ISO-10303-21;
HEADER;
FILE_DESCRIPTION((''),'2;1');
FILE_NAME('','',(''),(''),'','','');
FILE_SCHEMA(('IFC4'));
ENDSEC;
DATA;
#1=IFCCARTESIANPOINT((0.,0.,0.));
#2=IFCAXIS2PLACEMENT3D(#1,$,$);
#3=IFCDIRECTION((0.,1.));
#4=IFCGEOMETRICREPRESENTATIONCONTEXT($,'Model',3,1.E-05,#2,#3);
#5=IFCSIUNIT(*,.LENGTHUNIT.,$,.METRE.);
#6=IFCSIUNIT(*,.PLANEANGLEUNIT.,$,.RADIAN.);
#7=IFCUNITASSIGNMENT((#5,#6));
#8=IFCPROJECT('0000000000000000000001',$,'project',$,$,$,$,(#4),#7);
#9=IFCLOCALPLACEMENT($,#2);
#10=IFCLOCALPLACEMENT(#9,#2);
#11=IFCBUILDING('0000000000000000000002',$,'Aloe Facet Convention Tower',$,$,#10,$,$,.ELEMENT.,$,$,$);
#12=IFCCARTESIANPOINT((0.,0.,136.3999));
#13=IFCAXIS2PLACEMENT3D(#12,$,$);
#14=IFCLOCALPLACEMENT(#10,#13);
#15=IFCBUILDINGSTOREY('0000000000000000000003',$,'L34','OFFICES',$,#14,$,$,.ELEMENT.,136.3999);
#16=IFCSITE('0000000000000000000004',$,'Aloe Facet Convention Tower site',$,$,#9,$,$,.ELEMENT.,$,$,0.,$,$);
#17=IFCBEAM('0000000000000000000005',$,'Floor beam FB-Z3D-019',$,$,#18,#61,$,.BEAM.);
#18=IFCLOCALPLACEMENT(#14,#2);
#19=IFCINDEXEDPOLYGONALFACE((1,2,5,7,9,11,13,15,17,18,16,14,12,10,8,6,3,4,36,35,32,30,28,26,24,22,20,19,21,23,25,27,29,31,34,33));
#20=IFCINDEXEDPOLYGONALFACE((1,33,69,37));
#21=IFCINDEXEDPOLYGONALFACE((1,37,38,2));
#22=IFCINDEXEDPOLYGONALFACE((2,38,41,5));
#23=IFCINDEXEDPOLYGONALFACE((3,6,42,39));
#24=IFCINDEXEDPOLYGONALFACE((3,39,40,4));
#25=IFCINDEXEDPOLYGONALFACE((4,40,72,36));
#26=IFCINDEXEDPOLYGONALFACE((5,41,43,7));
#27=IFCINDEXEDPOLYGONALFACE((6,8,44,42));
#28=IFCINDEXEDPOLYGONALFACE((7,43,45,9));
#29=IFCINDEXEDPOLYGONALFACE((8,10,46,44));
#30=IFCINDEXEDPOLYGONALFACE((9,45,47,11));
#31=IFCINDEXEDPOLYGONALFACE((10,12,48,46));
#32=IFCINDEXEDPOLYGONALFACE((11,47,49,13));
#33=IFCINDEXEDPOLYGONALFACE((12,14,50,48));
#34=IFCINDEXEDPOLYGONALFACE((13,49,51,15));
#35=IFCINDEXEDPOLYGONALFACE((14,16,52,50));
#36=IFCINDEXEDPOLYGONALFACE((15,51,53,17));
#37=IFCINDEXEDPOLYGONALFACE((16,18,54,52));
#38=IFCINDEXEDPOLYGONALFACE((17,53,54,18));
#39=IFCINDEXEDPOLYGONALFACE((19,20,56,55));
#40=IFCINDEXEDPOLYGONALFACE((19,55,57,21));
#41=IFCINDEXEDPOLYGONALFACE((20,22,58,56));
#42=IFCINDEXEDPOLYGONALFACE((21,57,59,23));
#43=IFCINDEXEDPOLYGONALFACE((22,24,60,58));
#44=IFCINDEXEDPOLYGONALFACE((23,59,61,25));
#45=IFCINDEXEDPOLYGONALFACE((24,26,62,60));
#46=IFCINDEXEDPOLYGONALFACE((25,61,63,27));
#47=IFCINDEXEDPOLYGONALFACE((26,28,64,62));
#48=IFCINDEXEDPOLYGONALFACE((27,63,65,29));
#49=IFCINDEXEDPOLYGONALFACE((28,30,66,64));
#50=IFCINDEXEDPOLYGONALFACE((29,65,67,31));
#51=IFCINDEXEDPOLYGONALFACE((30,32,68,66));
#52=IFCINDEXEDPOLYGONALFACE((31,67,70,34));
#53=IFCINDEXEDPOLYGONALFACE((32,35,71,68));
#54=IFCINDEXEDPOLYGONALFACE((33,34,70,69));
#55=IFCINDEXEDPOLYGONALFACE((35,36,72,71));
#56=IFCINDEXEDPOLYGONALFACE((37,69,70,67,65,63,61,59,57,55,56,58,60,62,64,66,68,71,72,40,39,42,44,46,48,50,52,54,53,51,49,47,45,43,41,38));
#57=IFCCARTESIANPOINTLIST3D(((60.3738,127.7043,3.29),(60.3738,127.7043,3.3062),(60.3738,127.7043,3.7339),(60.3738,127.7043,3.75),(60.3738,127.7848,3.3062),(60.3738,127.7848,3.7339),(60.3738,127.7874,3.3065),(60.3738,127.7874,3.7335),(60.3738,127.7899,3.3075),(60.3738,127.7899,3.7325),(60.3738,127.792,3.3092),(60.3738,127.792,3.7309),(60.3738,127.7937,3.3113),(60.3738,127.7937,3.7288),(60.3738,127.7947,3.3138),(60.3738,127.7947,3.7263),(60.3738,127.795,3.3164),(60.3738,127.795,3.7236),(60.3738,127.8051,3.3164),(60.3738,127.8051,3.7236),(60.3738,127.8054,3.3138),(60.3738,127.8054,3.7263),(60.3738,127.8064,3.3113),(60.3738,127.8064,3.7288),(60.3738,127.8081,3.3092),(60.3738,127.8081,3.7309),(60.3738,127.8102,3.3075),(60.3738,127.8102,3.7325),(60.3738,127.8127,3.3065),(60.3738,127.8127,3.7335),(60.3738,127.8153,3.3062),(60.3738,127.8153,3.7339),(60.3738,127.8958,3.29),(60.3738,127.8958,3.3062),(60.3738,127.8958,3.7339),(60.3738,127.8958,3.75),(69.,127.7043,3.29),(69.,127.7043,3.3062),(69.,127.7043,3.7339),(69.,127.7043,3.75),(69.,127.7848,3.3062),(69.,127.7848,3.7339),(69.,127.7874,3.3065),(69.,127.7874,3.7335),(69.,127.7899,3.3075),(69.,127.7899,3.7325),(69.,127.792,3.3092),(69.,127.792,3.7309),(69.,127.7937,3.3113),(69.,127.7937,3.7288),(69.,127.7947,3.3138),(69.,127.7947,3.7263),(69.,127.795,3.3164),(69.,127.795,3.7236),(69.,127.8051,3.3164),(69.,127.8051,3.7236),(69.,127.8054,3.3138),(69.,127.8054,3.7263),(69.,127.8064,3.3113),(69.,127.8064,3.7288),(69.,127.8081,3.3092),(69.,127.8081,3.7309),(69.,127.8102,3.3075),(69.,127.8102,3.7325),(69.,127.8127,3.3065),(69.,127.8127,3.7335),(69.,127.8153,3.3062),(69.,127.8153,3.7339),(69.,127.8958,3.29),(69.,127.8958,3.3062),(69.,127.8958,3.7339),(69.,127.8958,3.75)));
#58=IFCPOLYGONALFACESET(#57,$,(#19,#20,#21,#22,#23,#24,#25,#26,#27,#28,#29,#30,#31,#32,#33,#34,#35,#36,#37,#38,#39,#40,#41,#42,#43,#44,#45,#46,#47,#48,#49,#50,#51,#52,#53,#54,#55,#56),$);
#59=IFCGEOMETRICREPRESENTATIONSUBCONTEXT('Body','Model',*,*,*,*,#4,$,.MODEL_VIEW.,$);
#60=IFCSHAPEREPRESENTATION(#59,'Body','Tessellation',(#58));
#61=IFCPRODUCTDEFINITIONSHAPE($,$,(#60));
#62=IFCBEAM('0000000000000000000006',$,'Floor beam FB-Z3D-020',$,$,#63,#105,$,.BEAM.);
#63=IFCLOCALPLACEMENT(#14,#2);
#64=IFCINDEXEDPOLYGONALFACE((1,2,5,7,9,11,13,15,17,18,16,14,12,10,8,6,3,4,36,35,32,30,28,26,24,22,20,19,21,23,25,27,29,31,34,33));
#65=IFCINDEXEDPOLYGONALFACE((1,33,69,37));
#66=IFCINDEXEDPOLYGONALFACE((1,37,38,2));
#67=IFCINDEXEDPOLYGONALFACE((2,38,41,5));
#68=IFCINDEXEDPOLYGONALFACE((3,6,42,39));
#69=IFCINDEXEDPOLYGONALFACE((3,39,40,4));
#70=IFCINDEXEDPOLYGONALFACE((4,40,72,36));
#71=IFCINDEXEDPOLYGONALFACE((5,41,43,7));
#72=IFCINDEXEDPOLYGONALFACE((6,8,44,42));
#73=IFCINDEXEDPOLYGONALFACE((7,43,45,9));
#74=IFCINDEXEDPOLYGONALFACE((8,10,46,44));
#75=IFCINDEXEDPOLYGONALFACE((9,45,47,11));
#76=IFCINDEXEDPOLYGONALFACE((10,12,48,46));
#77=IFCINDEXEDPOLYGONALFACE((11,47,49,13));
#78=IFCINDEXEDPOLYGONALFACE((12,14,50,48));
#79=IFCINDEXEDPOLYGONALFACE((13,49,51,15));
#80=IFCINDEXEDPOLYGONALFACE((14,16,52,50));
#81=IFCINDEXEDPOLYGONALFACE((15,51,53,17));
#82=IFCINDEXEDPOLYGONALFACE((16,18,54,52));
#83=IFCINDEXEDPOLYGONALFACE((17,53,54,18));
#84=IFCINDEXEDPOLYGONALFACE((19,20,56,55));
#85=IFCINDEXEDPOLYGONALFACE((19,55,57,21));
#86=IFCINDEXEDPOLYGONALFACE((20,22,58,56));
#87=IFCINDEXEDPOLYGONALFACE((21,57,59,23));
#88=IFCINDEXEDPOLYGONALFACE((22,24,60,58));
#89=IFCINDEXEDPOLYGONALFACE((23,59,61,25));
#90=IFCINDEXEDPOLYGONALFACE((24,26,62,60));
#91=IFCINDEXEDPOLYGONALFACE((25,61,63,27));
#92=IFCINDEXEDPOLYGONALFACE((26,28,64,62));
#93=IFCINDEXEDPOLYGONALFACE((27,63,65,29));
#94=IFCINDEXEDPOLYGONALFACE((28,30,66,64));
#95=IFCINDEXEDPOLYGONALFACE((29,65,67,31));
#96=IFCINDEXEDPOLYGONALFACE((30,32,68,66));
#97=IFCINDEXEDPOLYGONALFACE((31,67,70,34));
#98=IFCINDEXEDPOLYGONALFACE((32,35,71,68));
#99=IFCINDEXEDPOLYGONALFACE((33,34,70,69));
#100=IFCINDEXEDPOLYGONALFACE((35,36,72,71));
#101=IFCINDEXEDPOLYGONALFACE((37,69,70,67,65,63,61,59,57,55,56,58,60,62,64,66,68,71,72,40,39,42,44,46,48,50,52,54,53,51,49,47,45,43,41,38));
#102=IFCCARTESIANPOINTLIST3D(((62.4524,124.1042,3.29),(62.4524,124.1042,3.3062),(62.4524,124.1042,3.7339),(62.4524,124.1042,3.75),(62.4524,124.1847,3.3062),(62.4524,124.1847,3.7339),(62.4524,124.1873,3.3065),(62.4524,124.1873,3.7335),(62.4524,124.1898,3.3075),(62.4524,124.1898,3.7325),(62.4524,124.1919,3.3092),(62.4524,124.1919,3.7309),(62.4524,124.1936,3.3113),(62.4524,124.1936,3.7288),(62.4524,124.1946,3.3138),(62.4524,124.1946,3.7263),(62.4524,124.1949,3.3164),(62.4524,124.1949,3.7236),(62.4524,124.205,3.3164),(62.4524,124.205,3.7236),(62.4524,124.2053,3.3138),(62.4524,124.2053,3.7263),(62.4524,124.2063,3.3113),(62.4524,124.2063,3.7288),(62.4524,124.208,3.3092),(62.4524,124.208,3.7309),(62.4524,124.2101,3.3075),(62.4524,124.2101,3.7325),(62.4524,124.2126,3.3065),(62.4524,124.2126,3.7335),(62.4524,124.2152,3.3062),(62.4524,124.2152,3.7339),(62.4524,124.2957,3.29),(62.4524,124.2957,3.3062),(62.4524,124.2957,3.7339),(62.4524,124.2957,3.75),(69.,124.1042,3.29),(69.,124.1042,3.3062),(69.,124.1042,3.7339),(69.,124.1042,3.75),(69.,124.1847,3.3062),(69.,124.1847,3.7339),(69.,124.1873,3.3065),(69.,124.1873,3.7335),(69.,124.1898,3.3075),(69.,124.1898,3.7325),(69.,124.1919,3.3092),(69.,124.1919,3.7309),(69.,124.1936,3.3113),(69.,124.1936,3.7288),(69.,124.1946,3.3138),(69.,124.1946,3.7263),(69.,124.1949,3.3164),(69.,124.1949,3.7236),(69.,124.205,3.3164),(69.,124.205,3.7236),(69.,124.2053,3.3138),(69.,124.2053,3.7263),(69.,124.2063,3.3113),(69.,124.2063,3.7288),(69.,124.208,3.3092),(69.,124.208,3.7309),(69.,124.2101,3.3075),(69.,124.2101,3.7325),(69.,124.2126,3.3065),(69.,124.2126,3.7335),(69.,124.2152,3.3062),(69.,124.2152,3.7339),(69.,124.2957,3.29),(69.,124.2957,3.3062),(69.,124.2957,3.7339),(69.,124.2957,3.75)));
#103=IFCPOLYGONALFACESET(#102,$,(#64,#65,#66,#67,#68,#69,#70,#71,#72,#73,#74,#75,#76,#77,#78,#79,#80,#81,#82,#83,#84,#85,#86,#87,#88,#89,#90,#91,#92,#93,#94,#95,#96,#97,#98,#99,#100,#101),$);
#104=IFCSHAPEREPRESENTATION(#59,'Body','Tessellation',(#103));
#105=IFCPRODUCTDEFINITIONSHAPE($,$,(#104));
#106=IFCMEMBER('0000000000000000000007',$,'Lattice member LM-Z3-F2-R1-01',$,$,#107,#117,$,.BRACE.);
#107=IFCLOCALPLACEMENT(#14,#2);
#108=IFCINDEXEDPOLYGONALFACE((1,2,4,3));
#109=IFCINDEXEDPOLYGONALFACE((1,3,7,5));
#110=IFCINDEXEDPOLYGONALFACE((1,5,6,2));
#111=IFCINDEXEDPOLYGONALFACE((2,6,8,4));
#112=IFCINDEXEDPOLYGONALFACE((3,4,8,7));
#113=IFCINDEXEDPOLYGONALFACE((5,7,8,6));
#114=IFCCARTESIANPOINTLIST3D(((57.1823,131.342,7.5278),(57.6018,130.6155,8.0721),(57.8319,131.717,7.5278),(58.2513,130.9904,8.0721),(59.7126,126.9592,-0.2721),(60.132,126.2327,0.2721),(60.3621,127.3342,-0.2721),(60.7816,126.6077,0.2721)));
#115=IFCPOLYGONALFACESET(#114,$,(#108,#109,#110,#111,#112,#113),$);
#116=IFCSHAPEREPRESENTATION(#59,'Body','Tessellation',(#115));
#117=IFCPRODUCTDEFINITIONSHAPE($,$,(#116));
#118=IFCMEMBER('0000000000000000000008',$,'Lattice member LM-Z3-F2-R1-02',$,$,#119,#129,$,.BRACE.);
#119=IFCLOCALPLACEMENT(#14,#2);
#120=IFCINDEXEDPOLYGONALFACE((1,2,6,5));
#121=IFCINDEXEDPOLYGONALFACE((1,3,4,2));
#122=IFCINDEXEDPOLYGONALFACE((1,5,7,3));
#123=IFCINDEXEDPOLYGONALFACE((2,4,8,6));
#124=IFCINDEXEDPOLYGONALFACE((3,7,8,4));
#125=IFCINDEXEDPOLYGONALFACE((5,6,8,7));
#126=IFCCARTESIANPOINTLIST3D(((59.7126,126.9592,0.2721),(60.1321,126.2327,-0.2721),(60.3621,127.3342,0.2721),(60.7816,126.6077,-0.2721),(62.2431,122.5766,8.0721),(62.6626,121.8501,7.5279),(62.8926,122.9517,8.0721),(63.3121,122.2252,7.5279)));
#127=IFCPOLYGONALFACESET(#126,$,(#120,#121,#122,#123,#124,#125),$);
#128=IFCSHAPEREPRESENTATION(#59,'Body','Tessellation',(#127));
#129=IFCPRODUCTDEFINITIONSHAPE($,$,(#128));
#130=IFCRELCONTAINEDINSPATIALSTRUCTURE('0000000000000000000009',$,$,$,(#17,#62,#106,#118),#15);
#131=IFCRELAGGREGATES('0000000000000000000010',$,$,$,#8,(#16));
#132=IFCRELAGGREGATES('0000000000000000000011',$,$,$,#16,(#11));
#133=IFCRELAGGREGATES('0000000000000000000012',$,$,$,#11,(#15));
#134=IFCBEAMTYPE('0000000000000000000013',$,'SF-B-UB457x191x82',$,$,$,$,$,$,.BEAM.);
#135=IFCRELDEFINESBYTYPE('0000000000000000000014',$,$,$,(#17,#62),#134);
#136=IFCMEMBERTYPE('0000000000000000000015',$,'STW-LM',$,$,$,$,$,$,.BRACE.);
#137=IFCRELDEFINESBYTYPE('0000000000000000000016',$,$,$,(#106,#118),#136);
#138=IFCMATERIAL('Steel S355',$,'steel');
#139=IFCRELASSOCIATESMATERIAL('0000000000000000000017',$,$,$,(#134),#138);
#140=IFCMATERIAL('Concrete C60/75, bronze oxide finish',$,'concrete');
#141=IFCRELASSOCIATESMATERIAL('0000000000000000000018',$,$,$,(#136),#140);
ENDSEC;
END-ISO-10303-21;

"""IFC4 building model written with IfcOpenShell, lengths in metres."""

from ifc_helpers import new_model, si_unit, direction, frame, origin, origin_2d, place, context, subcontext, project, spatial, rectangle, i_section, extrude, material, material_profile, profile_set, type_object, element, save


model = new_model("IFC4")

# Units and contexts
model_context = context("Model", 3, precision=1e-05, world=origin(), true_north=direction((0.0, 1.0)))
body_context = subcontext(model_context, "Body", "Model", "MODEL_VIEW")
ifc_project = project(units=[si_unit("LENGTHUNIT", "METRE"), si_unit("PLANEANGLEUNIT", "RADIAN")], contexts=[model_context])

# Site, building, storey
site_placement = place(None, origin())
site = spatial("IfcSite", under=ifc_project, at=site_placement, Name="Aloe Facet Convention Tower site", CompositionType="ELEMENT", RefElevation=0.0)
building_placement = place(site_placement, origin())
building = spatial("IfcBuilding", under=site, at=building_placement, Name="Aloe Facet Convention Tower", CompositionType="ELEMENT")
storey_placement = place(building_placement, frame((0.0, 0.0, 136.3999)))
storey = spatial("IfcBuildingStorey", under=building, at=storey_placement, Name="L34", Description="OFFICES", CompositionType="ELEMENT", Elevation=136.3999)

# Beams
ifc_material_1 = material(Name="Steel S355", Category="steel")
ifc_material_profile_1 = material_profile(ifc_material_1, i_section(OverallWidth=0.1914, OverallDepth=0.46, WebThickness=0.01, FlangeThickness=0.0161, FilletRadius=0.0103, at=origin_2d()), Name="UB 457x191x82")
ifc_profile_set_1 = profile_set([ifc_material_profile_1], Name="Steel S355")
beam_type = type_object("IfcBeamType", Name="SF-B-UB457x191x82", PredefinedType="BEAM", material=ifc_profile_set_1)
beam_1_placement = place(storey_placement, frame((60.3738, 127.8, 3.52), z_axis=(1.0, 0.0, 0.0), x_axis=(0.0, 1.0, 0.0)))
element("IfcBeam", 1, at=beam_1_placement, inside=storey, type_object=beam_type, Name="Floor beam FB-Z3D-019", PredefinedType="BEAM", context=body_context, shape_type="SweptSolid", body=[
    extrude(i_section(OverallWidth=0.1914, OverallDepth=0.46, WebThickness=0.01, FlangeThickness=0.0161, FilletRadius=0.0103, at=origin_2d()), origin(), (0.0, 0.0, 1.0), 8.6262),
])
beam_2_placement = place(storey_placement, frame((62.4524, 124.2, 3.52), z_axis=(1.0, 0.0, 0.0), x_axis=(0.0, 1.0, 0.0)))
element("IfcBeam", 2, at=beam_2_placement, inside=storey, type_object=beam_type, Name="Floor beam FB-Z3D-020", PredefinedType="BEAM", context=body_context, shape_type="SweptSolid", body=[
    extrude(i_section(OverallWidth=0.1914, OverallDepth=0.46, WebThickness=0.01, FlangeThickness=0.0161, FilletRadius=0.0103, at=origin_2d()), origin(), (0.0, 0.0, 1.0), 6.5476),
])

# Members
ifc_material_2 = material(Name="Concrete C60/75, bronze oxide finish", Category="concrete")
ifc_material_profile_2 = material_profile(ifc_material_2, rectangle(XDim=0.75, YDim=1.0, at=origin_2d()), Name="STW-LM")
ifc_profile_set_2 = profile_set([ifc_material_profile_2], Name="Concrete C60/75, bronze oxide finish")
member_type = type_object("IfcMemberType", Name="STW-LM", PredefinedType="BRACE", material=ifc_profile_set_2)
for number, where, z_axis, x_axis, name in (
    (3, (60.2471, 126.7834, 0.0), (-0.272132, 0.471373, 0.838899), (-0.866038, -0.499979, 0.0), "Lattice member LM-Z3-F2-R1-01"),
    (4, (60.2471, 126.7834, 0.0), (0.27216, -0.47135, 0.838903), (0.866005, 0.500036, 0.0), "Lattice member LM-Z3-F2-R1-02"),
):
    element("IfcMember", number, at=place(storey_placement, frame(where, z_axis=z_axis, x_axis=x_axis)), inside=storey, type_object=member_type, Name=name, PredefinedType="BRACE", context=body_context, shape_type="SweptSolid", body=[
        extrude(rectangle(XDim=0.75, YDim=1.0, at=origin_2d()), origin(), (0.0, 0.0, 1.0), 9.2979),
    ])

save(model, "model.ifc")
